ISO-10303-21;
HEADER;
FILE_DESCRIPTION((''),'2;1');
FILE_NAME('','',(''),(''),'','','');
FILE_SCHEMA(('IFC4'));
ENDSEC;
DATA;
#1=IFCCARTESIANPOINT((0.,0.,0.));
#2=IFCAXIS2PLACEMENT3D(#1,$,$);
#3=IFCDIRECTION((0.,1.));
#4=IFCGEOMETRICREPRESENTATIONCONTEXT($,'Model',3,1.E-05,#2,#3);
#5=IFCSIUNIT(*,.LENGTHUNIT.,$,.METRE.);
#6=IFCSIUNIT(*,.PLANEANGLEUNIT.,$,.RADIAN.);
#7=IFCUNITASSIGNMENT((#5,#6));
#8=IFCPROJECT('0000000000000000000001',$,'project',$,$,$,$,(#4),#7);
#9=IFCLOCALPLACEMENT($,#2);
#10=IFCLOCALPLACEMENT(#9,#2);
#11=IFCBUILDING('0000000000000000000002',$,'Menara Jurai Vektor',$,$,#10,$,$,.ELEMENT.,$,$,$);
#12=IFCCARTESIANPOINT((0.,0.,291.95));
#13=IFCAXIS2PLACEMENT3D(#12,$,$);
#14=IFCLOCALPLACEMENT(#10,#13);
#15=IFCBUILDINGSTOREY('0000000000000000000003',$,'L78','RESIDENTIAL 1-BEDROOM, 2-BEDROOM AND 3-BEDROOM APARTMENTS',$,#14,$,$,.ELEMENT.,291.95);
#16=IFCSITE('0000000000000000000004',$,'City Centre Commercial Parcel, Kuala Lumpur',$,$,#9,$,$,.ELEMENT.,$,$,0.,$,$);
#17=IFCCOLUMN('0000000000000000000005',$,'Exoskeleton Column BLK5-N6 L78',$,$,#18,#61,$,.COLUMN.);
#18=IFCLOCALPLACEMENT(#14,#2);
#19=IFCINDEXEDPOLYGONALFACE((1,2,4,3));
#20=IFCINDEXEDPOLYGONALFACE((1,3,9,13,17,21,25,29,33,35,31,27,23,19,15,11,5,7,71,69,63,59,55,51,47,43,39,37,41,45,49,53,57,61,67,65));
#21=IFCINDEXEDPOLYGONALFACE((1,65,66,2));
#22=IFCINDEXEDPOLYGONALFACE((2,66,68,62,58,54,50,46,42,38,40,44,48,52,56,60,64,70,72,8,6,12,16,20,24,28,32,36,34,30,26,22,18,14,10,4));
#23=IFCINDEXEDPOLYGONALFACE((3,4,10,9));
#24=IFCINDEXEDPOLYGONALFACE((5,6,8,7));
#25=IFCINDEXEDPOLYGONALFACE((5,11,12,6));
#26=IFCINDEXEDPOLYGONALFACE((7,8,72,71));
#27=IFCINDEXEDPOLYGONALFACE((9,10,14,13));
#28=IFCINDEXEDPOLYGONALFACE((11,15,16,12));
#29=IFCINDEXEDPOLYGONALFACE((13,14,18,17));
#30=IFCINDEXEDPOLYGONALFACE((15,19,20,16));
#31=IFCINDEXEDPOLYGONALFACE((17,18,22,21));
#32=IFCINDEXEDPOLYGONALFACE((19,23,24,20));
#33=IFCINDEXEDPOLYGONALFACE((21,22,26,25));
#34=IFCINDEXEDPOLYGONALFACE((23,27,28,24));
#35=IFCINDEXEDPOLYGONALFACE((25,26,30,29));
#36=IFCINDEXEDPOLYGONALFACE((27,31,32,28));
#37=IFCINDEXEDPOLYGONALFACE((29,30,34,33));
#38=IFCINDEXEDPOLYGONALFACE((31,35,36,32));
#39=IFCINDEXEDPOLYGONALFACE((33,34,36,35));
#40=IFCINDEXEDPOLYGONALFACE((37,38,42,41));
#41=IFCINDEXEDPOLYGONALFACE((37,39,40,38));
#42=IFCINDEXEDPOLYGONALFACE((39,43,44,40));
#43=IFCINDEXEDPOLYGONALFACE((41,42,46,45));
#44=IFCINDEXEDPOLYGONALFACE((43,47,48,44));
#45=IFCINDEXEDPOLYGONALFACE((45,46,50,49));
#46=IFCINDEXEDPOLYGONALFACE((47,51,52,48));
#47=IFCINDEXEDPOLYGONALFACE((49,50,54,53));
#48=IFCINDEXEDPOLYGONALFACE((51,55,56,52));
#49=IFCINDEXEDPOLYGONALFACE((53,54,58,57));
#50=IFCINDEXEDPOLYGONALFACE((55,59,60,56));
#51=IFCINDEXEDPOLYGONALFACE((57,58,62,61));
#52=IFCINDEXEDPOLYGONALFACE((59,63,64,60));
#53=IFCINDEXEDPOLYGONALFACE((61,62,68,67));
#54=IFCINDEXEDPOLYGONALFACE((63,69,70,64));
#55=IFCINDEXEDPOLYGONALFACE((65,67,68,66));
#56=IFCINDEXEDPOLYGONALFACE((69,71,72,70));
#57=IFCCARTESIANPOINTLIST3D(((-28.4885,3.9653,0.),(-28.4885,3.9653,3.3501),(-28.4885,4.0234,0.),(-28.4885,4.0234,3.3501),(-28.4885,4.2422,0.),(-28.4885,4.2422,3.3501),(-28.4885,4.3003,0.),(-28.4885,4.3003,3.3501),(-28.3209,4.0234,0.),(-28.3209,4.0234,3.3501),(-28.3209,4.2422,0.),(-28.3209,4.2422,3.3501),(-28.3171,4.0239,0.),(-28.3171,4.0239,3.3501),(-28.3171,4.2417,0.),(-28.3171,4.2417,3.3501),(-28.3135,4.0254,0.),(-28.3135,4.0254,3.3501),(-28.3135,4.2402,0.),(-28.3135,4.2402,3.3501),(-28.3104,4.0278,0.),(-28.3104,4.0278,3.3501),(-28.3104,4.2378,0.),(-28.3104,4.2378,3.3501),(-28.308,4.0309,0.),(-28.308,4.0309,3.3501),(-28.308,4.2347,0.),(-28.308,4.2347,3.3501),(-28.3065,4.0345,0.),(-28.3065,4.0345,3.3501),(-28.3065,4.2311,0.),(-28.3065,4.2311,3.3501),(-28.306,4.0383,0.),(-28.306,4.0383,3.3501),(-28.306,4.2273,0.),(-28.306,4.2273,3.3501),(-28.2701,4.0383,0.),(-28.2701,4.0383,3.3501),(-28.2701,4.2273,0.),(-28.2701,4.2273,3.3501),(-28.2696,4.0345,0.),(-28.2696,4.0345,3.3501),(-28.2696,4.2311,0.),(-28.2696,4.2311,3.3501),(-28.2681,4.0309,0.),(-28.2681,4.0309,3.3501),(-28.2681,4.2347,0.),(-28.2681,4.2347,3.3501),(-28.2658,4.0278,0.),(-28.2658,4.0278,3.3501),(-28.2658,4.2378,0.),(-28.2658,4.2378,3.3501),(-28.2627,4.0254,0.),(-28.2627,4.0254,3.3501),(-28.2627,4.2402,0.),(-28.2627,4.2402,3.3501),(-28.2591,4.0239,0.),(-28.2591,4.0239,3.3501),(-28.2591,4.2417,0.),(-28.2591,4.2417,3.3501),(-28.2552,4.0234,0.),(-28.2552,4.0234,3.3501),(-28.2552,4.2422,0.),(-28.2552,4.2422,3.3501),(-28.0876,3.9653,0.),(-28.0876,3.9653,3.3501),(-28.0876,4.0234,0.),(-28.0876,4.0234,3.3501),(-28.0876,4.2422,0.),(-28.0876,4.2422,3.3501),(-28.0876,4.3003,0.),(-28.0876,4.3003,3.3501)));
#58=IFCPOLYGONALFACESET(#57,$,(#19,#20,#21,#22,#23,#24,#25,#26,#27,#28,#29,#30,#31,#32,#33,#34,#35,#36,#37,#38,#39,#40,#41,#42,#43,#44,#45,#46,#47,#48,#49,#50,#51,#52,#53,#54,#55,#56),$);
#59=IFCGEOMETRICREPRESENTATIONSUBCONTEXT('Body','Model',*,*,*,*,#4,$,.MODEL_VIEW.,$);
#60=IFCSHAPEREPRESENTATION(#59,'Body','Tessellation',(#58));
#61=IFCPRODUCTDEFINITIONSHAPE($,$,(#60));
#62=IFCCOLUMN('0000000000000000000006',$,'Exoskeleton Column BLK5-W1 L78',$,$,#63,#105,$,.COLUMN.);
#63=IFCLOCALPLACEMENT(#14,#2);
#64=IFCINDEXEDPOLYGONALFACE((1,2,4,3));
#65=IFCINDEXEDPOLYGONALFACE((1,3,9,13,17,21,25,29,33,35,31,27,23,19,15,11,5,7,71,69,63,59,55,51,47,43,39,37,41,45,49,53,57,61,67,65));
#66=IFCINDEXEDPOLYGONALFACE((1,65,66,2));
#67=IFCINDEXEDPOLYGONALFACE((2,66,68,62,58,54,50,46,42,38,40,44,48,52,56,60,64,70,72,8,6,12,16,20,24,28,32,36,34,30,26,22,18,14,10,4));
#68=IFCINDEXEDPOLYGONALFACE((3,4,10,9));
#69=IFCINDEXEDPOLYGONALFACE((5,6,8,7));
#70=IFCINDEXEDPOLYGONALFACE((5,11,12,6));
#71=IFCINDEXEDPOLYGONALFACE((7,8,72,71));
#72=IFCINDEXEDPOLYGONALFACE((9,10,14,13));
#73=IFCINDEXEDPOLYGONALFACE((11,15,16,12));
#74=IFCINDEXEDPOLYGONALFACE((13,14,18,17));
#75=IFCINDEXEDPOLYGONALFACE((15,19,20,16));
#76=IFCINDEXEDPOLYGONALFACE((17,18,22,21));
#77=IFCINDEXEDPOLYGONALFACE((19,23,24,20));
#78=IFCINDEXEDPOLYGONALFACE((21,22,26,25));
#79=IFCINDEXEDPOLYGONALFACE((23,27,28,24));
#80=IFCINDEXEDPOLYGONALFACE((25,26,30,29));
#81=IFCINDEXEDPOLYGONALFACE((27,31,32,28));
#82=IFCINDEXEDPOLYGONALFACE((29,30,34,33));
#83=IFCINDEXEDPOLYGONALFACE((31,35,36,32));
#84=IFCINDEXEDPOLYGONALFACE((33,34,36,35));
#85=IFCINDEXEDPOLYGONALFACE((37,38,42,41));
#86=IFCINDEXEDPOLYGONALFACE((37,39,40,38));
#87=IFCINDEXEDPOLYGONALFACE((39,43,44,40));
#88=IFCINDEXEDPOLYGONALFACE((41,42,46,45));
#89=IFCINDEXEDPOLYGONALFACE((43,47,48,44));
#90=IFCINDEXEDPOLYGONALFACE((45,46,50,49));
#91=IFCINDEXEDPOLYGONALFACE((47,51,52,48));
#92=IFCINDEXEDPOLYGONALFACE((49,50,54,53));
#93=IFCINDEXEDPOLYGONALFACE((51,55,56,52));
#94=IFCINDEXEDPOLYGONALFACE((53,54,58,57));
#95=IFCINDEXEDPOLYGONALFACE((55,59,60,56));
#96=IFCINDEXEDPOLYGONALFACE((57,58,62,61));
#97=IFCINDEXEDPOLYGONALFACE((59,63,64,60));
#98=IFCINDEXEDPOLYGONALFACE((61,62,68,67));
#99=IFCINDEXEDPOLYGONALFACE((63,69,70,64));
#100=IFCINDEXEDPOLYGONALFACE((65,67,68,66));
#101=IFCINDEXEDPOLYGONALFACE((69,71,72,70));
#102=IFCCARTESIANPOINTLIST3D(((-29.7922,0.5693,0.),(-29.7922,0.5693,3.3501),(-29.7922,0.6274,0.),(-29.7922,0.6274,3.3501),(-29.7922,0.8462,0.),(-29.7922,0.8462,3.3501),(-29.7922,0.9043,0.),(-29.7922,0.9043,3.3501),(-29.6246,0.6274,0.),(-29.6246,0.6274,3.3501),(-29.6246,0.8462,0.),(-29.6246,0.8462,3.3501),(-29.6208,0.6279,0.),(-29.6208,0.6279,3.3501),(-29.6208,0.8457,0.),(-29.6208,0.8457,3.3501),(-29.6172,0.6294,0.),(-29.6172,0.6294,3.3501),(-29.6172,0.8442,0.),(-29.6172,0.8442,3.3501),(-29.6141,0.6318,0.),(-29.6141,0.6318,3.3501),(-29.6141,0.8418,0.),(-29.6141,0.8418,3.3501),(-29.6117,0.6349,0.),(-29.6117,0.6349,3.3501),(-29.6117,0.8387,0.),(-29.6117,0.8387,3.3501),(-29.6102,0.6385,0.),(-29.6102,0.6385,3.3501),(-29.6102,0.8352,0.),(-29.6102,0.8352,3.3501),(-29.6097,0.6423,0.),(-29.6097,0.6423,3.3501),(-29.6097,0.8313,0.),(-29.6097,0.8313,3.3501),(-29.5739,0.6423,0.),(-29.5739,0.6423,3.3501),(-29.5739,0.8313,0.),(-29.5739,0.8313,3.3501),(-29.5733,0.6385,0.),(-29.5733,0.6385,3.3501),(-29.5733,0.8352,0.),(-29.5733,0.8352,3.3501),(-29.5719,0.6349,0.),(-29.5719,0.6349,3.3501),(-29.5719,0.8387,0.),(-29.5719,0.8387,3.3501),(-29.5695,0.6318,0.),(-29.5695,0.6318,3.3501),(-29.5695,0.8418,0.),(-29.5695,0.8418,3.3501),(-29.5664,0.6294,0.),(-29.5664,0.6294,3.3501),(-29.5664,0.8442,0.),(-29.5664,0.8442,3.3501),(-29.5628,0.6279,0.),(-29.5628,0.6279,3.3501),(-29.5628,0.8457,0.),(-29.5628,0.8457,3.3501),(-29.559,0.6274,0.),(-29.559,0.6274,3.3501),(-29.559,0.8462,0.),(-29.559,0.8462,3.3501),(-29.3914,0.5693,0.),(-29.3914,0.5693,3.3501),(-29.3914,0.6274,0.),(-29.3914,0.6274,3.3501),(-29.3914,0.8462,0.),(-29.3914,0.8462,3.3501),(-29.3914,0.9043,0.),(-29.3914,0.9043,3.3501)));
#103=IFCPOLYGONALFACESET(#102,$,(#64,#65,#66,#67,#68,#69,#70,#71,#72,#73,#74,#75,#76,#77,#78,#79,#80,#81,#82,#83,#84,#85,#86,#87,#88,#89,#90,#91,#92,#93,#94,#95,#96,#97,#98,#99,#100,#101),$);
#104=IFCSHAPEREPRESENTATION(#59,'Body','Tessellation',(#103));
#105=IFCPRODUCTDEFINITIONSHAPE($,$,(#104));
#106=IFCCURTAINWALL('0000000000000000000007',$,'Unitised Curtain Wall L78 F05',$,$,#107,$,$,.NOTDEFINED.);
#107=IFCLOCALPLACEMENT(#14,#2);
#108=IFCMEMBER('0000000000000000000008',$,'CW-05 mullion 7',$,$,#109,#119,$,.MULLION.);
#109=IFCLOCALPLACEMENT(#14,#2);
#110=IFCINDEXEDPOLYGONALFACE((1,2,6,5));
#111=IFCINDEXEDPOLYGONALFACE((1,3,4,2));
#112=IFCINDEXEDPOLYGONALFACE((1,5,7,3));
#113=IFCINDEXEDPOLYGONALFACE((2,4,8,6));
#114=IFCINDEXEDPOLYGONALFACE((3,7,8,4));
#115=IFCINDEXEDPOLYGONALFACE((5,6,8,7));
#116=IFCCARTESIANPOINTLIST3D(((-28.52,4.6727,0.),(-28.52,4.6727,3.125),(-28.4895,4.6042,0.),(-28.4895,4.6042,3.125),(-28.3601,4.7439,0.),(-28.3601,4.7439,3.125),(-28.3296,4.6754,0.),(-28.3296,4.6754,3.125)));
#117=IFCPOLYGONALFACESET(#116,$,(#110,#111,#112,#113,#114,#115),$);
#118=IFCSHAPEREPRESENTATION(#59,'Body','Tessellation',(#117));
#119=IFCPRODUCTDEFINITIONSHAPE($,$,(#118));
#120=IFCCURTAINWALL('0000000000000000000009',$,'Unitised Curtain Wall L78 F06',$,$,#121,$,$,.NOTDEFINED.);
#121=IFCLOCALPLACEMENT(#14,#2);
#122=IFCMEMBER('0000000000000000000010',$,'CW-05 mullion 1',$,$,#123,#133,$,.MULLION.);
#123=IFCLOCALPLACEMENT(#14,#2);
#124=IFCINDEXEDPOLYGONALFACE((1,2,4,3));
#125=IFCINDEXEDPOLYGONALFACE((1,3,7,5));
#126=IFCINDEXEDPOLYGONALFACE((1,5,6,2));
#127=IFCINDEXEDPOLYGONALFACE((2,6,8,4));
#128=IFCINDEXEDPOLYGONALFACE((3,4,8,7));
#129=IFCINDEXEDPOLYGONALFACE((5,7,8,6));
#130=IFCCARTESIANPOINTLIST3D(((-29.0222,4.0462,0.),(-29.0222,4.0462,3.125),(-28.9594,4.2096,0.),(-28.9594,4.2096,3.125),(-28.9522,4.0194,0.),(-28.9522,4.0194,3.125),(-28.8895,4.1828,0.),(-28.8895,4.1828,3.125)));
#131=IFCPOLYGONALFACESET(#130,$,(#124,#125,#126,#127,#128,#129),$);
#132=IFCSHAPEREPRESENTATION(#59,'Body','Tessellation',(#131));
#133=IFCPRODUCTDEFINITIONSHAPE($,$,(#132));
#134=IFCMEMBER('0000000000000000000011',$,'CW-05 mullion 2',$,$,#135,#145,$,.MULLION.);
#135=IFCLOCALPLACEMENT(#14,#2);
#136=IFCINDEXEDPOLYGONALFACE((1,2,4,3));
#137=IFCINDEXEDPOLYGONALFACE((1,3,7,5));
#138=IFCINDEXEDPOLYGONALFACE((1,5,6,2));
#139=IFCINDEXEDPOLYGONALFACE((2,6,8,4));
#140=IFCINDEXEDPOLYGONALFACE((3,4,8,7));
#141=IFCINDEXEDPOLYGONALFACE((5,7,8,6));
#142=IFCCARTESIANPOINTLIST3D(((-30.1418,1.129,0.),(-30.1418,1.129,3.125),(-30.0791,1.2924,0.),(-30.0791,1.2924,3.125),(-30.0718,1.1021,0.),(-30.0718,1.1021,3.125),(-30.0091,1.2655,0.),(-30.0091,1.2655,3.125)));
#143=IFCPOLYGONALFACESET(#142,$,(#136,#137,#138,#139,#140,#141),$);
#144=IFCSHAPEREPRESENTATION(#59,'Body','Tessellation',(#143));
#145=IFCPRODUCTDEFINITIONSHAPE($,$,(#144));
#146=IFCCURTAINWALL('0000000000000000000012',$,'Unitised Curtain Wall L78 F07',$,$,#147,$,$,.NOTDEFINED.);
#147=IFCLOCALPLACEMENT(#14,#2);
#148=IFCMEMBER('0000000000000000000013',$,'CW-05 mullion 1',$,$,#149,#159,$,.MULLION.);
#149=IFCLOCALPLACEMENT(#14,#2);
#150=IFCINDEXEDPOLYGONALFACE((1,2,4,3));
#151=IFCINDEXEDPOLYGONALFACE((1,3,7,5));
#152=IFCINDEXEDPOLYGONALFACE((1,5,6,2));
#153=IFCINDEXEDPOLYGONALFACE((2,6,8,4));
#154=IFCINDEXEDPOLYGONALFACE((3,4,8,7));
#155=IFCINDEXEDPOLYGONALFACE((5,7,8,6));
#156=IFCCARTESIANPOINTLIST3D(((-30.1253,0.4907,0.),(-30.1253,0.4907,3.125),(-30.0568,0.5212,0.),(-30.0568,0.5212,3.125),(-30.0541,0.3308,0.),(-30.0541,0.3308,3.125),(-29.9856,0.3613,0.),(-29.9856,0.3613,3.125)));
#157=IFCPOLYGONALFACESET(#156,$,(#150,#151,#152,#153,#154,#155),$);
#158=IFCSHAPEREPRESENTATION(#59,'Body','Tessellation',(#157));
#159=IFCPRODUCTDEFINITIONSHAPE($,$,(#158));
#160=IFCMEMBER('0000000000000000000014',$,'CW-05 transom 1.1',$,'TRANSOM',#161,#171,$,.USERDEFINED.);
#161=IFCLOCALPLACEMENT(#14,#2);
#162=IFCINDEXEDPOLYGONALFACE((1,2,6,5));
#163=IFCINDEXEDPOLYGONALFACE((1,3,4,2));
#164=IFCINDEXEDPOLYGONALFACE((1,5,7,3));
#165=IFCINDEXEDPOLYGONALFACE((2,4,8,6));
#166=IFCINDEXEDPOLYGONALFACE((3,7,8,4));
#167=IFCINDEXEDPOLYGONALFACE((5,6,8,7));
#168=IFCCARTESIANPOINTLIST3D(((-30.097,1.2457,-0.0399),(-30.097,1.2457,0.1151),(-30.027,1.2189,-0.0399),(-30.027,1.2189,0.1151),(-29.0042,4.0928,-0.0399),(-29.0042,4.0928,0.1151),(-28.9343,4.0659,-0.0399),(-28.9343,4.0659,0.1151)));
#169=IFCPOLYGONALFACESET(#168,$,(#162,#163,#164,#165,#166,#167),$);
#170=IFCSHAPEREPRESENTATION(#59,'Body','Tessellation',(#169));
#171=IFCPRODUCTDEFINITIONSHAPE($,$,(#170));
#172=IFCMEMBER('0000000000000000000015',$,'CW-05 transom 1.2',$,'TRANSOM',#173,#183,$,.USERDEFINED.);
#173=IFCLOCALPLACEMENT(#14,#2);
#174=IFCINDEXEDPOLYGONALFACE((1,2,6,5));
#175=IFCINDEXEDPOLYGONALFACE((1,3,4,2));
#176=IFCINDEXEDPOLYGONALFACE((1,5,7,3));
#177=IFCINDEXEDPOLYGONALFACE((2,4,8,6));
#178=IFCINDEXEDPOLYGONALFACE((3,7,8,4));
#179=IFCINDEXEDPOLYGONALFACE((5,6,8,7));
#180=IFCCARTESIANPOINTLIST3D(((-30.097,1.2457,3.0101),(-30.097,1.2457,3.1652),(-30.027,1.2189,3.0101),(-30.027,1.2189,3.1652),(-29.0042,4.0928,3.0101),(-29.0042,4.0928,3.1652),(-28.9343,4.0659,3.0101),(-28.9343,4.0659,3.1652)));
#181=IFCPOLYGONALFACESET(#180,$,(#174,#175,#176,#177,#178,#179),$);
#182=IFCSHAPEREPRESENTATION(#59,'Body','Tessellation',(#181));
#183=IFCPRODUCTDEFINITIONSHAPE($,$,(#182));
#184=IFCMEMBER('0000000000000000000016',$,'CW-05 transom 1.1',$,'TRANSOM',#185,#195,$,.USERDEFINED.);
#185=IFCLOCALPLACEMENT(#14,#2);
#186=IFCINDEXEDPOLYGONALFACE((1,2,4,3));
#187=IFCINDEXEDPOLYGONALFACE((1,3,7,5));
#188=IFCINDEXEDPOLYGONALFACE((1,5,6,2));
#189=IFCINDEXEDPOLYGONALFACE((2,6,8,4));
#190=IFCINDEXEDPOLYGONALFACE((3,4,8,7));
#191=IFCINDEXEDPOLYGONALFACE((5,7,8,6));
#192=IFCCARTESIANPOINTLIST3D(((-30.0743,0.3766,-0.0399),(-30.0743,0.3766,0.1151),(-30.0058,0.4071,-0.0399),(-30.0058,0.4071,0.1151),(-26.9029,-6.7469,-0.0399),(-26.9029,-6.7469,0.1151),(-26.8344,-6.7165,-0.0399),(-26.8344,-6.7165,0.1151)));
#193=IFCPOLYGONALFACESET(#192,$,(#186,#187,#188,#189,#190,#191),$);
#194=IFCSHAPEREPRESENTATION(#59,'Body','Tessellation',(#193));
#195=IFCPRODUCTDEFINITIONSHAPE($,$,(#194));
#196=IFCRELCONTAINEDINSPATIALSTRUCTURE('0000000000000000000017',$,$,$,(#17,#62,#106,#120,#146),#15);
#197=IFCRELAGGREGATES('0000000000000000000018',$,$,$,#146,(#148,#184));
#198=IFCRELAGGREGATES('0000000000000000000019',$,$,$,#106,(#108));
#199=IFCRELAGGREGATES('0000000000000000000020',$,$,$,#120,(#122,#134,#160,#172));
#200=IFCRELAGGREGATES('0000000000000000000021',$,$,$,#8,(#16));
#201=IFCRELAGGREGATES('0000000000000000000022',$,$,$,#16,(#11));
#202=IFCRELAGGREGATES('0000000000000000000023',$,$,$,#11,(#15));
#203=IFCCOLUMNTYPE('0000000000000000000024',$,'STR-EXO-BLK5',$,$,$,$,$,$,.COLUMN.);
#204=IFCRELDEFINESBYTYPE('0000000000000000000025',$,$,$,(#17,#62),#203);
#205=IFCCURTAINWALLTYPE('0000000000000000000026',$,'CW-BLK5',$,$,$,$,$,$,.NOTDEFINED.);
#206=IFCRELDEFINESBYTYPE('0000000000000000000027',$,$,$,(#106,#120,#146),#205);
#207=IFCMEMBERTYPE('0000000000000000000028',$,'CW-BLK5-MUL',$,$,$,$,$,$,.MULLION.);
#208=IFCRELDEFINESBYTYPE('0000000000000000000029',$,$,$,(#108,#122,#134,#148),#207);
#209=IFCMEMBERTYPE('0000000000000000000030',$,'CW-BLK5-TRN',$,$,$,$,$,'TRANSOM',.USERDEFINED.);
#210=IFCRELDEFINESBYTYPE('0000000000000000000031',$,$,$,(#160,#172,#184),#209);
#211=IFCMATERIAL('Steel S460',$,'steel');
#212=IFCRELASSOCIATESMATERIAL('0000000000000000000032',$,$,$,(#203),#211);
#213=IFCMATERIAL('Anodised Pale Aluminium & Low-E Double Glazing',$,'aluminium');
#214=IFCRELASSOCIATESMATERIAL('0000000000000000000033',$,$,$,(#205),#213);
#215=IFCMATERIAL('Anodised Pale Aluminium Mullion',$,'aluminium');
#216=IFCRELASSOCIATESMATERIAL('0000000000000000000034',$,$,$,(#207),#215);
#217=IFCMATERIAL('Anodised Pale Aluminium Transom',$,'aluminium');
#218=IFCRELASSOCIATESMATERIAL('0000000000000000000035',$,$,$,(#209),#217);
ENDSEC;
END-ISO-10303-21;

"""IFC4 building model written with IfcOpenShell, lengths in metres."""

from ifc_helpers import new_model, si_unit, direction, frame, origin, origin_2d, place, context, subcontext, project, spatial, rectangle, i_section, extrude, material, material_profile, profile_set, type_object, element, aggregate, save


model = new_model("IFC4")

# Units and contexts
model_context = context("Model", 3, precision=1e-05, world=origin(), true_north=direction((0.0, 1.0)))
body_context = subcontext(model_context, "Body", "Model", "MODEL_VIEW")
ifc_project = project(units=[si_unit("LENGTHUNIT", "METRE"), si_unit("PLANEANGLEUNIT", "RADIAN")], contexts=[model_context])

# Site, building, storey
site_placement = place(None, origin())
site = spatial("IfcSite", under=ifc_project, at=site_placement, Name="City Centre Commercial Parcel, Kuala Lumpur", CompositionType="ELEMENT", RefElevation=0.0)
building_placement = place(site_placement, origin())
building = spatial("IfcBuilding", under=site, at=building_placement, Name="Menara Jurai Vektor", CompositionType="ELEMENT")
storey_placement = place(building_placement, frame((0.0, 0.0, 291.95)))
storey = spatial("IfcBuildingStorey", under=building, at=storey_placement, Name="L78", Description="RESIDENTIAL 1-BEDROOM, 2-BEDROOM AND 3-BEDROOM APARTMENTS", CompositionType="ELEMENT", Elevation=291.95)

# Columns
ifc_material_1 = material(Name="Steel S460", Category="steel")
ifc_material_profile_1 = material_profile(ifc_material_1, i_section(OverallWidth=0.4009, OverallDepth=0.335, WebThickness=0.0359, FlangeThickness=0.0581, FilletRadius=0.0149, at=origin_2d()), Name="HD 400x463")
ifc_profile_set_1 = profile_set([ifc_material_profile_1], Name="Steel S460")
column_type = type_object("IfcColumnType", Name="STR-EXO-BLK5", PredefinedType="COLUMN", material=ifc_profile_set_1)
for number, where, z_axis, x_axis, name in (
    (1, (-28.2881, 4.1328, 0.0), (0.0, 0.0, 1.0), (1.0, 0.0, 0.0), "Exoskeleton Column BLK5-N6 L78"),
    (2, (-29.5918, 0.7368, 0.0), (0.0, 0.0, 1.0), (1.0, 0.0, 0.0), "Exoskeleton Column BLK5-W1 L78"),
):
    element("IfcColumn", number, at=place(storey_placement, frame(where, z_axis=z_axis, x_axis=x_axis)), inside=storey, type_object=column_type, Name=name, PredefinedType="COLUMN", context=body_context, shape_type="SweptSolid", body=[
        extrude(i_section(OverallWidth=0.4009, OverallDepth=0.335, WebThickness=0.0359, FlangeThickness=0.0581, FilletRadius=0.0149, at=origin_2d()), origin(), (0.0, 0.0, 1.0), 3.3501),
    ])

# Curtain wall, member
ifc_material_2 = material(Name="Anodised Pale Aluminium & Low-E Double Glazing", Category="aluminium")
curtain_wall_type = type_object("IfcCurtainWallType", Name="CW-BLK5", PredefinedType="NOTDEFINED", material=ifc_material_2)
curtain_wall_1_placement = place(storey_placement, origin())
curtain_wall_1 = element("IfcCurtainWall", 3, at=curtain_wall_1_placement, inside=storey, type_object=curtain_wall_type, Name="Unitised Curtain Wall L78 F05", PredefinedType="NOTDEFINED")
ifc_material_3 = material(Name="Anodised Pale Aluminium Mullion", Category="aluminium")
ifc_material_profile_2 = material_profile(ifc_material_3, rectangle(XDim=0.075, YDim=0.175, at=origin_2d()), Name="ALU MUL 75x175")
ifc_profile_set_2 = profile_set([ifc_material_profile_2], Name="Anodised Pale Aluminium Mullion")
member_type_1 = type_object("IfcMemberType", Name="CW-BLK5-MUL", PredefinedType="MULLION", material=ifc_profile_set_2)
member_1_placement = place(storey_placement, frame((-28.4248, 4.6741, 0.0), z_axis=(0.0, 0.0, 1.0), x_axis=(0.406735, -0.913546, 0.0)))
member_1 = element("IfcMember", 4, at=member_1_placement, type_object=member_type_1, Name="CW-05 mullion 7", PredefinedType="MULLION", context=body_context, shape_type="SweptSolid", body=[
    extrude(rectangle(XDim=0.075, YDim=0.175, at=origin_2d()), origin(), (0.0, 0.0, 1.0), 3.125),
])

# Curtain wall, members
curtain_wall_2_placement = place(storey_placement, origin())
curtain_wall_2 = element("IfcCurtainWall", 5, at=curtain_wall_2_placement, inside=storey, type_object=curtain_wall_type, Name="Unitised Curtain Wall L78 F06", PredefinedType="NOTDEFINED")
member_2_placement = place(storey_placement, frame((-28.9558, 4.1145, 0.0), z_axis=(0.0, 0.0, 1.0), x_axis=(0.933578, -0.358374, 0.0)))
member_2 = element("IfcMember", 6, at=member_2_placement, type_object=member_type_1, Name="CW-05 mullion 1", PredefinedType="MULLION", context=body_context, shape_type="SweptSolid", body=[
    extrude(rectangle(XDim=0.075, YDim=0.175, at=origin_2d()), origin(), (0.0, 0.0, 1.0), 3.125),
])
member_3_placement = place(storey_placement, frame((-30.0754, 1.1973, 0.0), z_axis=(0.0, 0.0, 1.0), x_axis=(0.933578, -0.358374, 0.0)))
member_3 = element("IfcMember", 7, at=member_3_placement, type_object=member_type_1, Name="CW-05 mullion 2", PredefinedType="MULLION", context=body_context, shape_type="SweptSolid", body=[
    extrude(rectangle(XDim=0.075, YDim=0.175, at=origin_2d()), origin(), (0.0, 0.0, 1.0), 3.125),
])

# Curtain wall, member
curtain_wall_3_placement = place(storey_placement, origin())
curtain_wall_3 = element("IfcCurtainWall", 8, at=curtain_wall_3_placement, inside=storey, type_object=curtain_wall_type, Name="Unitised Curtain Wall L78 F07", PredefinedType="NOTDEFINED")
member_4_placement = place(storey_placement, frame((-30.0554, 0.426, 0.0), z_axis=(0.0, 0.0, 1.0), x_axis=(0.913546, 0.406735, 0.0)))
member_4 = element("IfcMember", 9, at=member_4_placement, type_object=member_type_1, Name="CW-05 mullion 1", PredefinedType="MULLION", context=body_context, shape_type="SweptSolid", body=[
    extrude(rectangle(XDim=0.075, YDim=0.175, at=origin_2d()), origin(), (0.0, 0.0, 1.0), 3.125),
])

# Members
ifc_material_4 = material(Name="Anodised Pale Aluminium Transom", Category="aluminium")
ifc_material_profile_3 = material_profile(ifc_material_4, rectangle(XDim=0.075, YDim=0.155, at=origin_2d()), Name="ALU TRN 75x155")
ifc_profile_set_3 = profile_set([ifc_material_profile_3], Name="Anodised Pale Aluminium Transom")
member_type_2 = type_object("IfcMemberType", Name="CW-BLK5-TRN", ElementType="TRANSOM", PredefinedType="USERDEFINED", material=ifc_profile_set_3)
member_5_placement = place(storey_placement, frame((-28.9692, 4.0793, 0.0376), z_axis=(-0.358325, -0.933597, 0.0), x_axis=(0.933597, -0.358325, 0.0)))
member_5 = element("IfcMember", 10, at=member_5_placement, type_object=member_type_2, Name="CW-05 transom 1.1", ObjectType="TRANSOM", PredefinedType="USERDEFINED", context=body_context, shape_type="SweptSolid", body=[
    extrude(rectangle(XDim=0.075, YDim=0.155, at=origin_2d()), origin(), (0.0, 0.0, 1.0), 3.0496),
])
member_6_placement = place(storey_placement, frame((-28.9692, 4.0793, 3.0876), z_axis=(-0.358325, -0.933597, 0.0), x_axis=(0.933597, -0.358325, 0.0)))
member_6 = element("IfcMember", 11, at=member_6_placement, type_object=member_type_2, Name="CW-05 transom 1.2", ObjectType="TRANSOM", PredefinedType="USERDEFINED", context=body_context, shape_type="SweptSolid", body=[
    extrude(rectangle(XDim=0.075, YDim=0.155, at=origin_2d()), origin(), (0.0, 0.0, 1.0), 3.0496),
])
member_7_placement = place(storey_placement, frame((-30.04, 0.3918, 0.0376), z_axis=(0.406714, -0.913556, 0.0), x_axis=(0.913556, 0.406714, 0.0)))
member_7 = element("IfcMember", 12, at=member_7_placement, type_object=member_type_2, Name="CW-05 transom 1.1", ObjectType="TRANSOM", PredefinedType="USERDEFINED", context=body_context, shape_type="SweptSolid", body=[
    extrude(rectangle(XDim=0.075, YDim=0.155, at=origin_2d()), origin(), (0.0, 0.0, 1.0), 7.7976),
])
aggregate(curtain_wall_3, [member_4, member_7])

aggregate(curtain_wall_1, [member_1])
aggregate(curtain_wall_2, [member_2, member_3, member_5, member_6])

save(model, "model.ifc")
